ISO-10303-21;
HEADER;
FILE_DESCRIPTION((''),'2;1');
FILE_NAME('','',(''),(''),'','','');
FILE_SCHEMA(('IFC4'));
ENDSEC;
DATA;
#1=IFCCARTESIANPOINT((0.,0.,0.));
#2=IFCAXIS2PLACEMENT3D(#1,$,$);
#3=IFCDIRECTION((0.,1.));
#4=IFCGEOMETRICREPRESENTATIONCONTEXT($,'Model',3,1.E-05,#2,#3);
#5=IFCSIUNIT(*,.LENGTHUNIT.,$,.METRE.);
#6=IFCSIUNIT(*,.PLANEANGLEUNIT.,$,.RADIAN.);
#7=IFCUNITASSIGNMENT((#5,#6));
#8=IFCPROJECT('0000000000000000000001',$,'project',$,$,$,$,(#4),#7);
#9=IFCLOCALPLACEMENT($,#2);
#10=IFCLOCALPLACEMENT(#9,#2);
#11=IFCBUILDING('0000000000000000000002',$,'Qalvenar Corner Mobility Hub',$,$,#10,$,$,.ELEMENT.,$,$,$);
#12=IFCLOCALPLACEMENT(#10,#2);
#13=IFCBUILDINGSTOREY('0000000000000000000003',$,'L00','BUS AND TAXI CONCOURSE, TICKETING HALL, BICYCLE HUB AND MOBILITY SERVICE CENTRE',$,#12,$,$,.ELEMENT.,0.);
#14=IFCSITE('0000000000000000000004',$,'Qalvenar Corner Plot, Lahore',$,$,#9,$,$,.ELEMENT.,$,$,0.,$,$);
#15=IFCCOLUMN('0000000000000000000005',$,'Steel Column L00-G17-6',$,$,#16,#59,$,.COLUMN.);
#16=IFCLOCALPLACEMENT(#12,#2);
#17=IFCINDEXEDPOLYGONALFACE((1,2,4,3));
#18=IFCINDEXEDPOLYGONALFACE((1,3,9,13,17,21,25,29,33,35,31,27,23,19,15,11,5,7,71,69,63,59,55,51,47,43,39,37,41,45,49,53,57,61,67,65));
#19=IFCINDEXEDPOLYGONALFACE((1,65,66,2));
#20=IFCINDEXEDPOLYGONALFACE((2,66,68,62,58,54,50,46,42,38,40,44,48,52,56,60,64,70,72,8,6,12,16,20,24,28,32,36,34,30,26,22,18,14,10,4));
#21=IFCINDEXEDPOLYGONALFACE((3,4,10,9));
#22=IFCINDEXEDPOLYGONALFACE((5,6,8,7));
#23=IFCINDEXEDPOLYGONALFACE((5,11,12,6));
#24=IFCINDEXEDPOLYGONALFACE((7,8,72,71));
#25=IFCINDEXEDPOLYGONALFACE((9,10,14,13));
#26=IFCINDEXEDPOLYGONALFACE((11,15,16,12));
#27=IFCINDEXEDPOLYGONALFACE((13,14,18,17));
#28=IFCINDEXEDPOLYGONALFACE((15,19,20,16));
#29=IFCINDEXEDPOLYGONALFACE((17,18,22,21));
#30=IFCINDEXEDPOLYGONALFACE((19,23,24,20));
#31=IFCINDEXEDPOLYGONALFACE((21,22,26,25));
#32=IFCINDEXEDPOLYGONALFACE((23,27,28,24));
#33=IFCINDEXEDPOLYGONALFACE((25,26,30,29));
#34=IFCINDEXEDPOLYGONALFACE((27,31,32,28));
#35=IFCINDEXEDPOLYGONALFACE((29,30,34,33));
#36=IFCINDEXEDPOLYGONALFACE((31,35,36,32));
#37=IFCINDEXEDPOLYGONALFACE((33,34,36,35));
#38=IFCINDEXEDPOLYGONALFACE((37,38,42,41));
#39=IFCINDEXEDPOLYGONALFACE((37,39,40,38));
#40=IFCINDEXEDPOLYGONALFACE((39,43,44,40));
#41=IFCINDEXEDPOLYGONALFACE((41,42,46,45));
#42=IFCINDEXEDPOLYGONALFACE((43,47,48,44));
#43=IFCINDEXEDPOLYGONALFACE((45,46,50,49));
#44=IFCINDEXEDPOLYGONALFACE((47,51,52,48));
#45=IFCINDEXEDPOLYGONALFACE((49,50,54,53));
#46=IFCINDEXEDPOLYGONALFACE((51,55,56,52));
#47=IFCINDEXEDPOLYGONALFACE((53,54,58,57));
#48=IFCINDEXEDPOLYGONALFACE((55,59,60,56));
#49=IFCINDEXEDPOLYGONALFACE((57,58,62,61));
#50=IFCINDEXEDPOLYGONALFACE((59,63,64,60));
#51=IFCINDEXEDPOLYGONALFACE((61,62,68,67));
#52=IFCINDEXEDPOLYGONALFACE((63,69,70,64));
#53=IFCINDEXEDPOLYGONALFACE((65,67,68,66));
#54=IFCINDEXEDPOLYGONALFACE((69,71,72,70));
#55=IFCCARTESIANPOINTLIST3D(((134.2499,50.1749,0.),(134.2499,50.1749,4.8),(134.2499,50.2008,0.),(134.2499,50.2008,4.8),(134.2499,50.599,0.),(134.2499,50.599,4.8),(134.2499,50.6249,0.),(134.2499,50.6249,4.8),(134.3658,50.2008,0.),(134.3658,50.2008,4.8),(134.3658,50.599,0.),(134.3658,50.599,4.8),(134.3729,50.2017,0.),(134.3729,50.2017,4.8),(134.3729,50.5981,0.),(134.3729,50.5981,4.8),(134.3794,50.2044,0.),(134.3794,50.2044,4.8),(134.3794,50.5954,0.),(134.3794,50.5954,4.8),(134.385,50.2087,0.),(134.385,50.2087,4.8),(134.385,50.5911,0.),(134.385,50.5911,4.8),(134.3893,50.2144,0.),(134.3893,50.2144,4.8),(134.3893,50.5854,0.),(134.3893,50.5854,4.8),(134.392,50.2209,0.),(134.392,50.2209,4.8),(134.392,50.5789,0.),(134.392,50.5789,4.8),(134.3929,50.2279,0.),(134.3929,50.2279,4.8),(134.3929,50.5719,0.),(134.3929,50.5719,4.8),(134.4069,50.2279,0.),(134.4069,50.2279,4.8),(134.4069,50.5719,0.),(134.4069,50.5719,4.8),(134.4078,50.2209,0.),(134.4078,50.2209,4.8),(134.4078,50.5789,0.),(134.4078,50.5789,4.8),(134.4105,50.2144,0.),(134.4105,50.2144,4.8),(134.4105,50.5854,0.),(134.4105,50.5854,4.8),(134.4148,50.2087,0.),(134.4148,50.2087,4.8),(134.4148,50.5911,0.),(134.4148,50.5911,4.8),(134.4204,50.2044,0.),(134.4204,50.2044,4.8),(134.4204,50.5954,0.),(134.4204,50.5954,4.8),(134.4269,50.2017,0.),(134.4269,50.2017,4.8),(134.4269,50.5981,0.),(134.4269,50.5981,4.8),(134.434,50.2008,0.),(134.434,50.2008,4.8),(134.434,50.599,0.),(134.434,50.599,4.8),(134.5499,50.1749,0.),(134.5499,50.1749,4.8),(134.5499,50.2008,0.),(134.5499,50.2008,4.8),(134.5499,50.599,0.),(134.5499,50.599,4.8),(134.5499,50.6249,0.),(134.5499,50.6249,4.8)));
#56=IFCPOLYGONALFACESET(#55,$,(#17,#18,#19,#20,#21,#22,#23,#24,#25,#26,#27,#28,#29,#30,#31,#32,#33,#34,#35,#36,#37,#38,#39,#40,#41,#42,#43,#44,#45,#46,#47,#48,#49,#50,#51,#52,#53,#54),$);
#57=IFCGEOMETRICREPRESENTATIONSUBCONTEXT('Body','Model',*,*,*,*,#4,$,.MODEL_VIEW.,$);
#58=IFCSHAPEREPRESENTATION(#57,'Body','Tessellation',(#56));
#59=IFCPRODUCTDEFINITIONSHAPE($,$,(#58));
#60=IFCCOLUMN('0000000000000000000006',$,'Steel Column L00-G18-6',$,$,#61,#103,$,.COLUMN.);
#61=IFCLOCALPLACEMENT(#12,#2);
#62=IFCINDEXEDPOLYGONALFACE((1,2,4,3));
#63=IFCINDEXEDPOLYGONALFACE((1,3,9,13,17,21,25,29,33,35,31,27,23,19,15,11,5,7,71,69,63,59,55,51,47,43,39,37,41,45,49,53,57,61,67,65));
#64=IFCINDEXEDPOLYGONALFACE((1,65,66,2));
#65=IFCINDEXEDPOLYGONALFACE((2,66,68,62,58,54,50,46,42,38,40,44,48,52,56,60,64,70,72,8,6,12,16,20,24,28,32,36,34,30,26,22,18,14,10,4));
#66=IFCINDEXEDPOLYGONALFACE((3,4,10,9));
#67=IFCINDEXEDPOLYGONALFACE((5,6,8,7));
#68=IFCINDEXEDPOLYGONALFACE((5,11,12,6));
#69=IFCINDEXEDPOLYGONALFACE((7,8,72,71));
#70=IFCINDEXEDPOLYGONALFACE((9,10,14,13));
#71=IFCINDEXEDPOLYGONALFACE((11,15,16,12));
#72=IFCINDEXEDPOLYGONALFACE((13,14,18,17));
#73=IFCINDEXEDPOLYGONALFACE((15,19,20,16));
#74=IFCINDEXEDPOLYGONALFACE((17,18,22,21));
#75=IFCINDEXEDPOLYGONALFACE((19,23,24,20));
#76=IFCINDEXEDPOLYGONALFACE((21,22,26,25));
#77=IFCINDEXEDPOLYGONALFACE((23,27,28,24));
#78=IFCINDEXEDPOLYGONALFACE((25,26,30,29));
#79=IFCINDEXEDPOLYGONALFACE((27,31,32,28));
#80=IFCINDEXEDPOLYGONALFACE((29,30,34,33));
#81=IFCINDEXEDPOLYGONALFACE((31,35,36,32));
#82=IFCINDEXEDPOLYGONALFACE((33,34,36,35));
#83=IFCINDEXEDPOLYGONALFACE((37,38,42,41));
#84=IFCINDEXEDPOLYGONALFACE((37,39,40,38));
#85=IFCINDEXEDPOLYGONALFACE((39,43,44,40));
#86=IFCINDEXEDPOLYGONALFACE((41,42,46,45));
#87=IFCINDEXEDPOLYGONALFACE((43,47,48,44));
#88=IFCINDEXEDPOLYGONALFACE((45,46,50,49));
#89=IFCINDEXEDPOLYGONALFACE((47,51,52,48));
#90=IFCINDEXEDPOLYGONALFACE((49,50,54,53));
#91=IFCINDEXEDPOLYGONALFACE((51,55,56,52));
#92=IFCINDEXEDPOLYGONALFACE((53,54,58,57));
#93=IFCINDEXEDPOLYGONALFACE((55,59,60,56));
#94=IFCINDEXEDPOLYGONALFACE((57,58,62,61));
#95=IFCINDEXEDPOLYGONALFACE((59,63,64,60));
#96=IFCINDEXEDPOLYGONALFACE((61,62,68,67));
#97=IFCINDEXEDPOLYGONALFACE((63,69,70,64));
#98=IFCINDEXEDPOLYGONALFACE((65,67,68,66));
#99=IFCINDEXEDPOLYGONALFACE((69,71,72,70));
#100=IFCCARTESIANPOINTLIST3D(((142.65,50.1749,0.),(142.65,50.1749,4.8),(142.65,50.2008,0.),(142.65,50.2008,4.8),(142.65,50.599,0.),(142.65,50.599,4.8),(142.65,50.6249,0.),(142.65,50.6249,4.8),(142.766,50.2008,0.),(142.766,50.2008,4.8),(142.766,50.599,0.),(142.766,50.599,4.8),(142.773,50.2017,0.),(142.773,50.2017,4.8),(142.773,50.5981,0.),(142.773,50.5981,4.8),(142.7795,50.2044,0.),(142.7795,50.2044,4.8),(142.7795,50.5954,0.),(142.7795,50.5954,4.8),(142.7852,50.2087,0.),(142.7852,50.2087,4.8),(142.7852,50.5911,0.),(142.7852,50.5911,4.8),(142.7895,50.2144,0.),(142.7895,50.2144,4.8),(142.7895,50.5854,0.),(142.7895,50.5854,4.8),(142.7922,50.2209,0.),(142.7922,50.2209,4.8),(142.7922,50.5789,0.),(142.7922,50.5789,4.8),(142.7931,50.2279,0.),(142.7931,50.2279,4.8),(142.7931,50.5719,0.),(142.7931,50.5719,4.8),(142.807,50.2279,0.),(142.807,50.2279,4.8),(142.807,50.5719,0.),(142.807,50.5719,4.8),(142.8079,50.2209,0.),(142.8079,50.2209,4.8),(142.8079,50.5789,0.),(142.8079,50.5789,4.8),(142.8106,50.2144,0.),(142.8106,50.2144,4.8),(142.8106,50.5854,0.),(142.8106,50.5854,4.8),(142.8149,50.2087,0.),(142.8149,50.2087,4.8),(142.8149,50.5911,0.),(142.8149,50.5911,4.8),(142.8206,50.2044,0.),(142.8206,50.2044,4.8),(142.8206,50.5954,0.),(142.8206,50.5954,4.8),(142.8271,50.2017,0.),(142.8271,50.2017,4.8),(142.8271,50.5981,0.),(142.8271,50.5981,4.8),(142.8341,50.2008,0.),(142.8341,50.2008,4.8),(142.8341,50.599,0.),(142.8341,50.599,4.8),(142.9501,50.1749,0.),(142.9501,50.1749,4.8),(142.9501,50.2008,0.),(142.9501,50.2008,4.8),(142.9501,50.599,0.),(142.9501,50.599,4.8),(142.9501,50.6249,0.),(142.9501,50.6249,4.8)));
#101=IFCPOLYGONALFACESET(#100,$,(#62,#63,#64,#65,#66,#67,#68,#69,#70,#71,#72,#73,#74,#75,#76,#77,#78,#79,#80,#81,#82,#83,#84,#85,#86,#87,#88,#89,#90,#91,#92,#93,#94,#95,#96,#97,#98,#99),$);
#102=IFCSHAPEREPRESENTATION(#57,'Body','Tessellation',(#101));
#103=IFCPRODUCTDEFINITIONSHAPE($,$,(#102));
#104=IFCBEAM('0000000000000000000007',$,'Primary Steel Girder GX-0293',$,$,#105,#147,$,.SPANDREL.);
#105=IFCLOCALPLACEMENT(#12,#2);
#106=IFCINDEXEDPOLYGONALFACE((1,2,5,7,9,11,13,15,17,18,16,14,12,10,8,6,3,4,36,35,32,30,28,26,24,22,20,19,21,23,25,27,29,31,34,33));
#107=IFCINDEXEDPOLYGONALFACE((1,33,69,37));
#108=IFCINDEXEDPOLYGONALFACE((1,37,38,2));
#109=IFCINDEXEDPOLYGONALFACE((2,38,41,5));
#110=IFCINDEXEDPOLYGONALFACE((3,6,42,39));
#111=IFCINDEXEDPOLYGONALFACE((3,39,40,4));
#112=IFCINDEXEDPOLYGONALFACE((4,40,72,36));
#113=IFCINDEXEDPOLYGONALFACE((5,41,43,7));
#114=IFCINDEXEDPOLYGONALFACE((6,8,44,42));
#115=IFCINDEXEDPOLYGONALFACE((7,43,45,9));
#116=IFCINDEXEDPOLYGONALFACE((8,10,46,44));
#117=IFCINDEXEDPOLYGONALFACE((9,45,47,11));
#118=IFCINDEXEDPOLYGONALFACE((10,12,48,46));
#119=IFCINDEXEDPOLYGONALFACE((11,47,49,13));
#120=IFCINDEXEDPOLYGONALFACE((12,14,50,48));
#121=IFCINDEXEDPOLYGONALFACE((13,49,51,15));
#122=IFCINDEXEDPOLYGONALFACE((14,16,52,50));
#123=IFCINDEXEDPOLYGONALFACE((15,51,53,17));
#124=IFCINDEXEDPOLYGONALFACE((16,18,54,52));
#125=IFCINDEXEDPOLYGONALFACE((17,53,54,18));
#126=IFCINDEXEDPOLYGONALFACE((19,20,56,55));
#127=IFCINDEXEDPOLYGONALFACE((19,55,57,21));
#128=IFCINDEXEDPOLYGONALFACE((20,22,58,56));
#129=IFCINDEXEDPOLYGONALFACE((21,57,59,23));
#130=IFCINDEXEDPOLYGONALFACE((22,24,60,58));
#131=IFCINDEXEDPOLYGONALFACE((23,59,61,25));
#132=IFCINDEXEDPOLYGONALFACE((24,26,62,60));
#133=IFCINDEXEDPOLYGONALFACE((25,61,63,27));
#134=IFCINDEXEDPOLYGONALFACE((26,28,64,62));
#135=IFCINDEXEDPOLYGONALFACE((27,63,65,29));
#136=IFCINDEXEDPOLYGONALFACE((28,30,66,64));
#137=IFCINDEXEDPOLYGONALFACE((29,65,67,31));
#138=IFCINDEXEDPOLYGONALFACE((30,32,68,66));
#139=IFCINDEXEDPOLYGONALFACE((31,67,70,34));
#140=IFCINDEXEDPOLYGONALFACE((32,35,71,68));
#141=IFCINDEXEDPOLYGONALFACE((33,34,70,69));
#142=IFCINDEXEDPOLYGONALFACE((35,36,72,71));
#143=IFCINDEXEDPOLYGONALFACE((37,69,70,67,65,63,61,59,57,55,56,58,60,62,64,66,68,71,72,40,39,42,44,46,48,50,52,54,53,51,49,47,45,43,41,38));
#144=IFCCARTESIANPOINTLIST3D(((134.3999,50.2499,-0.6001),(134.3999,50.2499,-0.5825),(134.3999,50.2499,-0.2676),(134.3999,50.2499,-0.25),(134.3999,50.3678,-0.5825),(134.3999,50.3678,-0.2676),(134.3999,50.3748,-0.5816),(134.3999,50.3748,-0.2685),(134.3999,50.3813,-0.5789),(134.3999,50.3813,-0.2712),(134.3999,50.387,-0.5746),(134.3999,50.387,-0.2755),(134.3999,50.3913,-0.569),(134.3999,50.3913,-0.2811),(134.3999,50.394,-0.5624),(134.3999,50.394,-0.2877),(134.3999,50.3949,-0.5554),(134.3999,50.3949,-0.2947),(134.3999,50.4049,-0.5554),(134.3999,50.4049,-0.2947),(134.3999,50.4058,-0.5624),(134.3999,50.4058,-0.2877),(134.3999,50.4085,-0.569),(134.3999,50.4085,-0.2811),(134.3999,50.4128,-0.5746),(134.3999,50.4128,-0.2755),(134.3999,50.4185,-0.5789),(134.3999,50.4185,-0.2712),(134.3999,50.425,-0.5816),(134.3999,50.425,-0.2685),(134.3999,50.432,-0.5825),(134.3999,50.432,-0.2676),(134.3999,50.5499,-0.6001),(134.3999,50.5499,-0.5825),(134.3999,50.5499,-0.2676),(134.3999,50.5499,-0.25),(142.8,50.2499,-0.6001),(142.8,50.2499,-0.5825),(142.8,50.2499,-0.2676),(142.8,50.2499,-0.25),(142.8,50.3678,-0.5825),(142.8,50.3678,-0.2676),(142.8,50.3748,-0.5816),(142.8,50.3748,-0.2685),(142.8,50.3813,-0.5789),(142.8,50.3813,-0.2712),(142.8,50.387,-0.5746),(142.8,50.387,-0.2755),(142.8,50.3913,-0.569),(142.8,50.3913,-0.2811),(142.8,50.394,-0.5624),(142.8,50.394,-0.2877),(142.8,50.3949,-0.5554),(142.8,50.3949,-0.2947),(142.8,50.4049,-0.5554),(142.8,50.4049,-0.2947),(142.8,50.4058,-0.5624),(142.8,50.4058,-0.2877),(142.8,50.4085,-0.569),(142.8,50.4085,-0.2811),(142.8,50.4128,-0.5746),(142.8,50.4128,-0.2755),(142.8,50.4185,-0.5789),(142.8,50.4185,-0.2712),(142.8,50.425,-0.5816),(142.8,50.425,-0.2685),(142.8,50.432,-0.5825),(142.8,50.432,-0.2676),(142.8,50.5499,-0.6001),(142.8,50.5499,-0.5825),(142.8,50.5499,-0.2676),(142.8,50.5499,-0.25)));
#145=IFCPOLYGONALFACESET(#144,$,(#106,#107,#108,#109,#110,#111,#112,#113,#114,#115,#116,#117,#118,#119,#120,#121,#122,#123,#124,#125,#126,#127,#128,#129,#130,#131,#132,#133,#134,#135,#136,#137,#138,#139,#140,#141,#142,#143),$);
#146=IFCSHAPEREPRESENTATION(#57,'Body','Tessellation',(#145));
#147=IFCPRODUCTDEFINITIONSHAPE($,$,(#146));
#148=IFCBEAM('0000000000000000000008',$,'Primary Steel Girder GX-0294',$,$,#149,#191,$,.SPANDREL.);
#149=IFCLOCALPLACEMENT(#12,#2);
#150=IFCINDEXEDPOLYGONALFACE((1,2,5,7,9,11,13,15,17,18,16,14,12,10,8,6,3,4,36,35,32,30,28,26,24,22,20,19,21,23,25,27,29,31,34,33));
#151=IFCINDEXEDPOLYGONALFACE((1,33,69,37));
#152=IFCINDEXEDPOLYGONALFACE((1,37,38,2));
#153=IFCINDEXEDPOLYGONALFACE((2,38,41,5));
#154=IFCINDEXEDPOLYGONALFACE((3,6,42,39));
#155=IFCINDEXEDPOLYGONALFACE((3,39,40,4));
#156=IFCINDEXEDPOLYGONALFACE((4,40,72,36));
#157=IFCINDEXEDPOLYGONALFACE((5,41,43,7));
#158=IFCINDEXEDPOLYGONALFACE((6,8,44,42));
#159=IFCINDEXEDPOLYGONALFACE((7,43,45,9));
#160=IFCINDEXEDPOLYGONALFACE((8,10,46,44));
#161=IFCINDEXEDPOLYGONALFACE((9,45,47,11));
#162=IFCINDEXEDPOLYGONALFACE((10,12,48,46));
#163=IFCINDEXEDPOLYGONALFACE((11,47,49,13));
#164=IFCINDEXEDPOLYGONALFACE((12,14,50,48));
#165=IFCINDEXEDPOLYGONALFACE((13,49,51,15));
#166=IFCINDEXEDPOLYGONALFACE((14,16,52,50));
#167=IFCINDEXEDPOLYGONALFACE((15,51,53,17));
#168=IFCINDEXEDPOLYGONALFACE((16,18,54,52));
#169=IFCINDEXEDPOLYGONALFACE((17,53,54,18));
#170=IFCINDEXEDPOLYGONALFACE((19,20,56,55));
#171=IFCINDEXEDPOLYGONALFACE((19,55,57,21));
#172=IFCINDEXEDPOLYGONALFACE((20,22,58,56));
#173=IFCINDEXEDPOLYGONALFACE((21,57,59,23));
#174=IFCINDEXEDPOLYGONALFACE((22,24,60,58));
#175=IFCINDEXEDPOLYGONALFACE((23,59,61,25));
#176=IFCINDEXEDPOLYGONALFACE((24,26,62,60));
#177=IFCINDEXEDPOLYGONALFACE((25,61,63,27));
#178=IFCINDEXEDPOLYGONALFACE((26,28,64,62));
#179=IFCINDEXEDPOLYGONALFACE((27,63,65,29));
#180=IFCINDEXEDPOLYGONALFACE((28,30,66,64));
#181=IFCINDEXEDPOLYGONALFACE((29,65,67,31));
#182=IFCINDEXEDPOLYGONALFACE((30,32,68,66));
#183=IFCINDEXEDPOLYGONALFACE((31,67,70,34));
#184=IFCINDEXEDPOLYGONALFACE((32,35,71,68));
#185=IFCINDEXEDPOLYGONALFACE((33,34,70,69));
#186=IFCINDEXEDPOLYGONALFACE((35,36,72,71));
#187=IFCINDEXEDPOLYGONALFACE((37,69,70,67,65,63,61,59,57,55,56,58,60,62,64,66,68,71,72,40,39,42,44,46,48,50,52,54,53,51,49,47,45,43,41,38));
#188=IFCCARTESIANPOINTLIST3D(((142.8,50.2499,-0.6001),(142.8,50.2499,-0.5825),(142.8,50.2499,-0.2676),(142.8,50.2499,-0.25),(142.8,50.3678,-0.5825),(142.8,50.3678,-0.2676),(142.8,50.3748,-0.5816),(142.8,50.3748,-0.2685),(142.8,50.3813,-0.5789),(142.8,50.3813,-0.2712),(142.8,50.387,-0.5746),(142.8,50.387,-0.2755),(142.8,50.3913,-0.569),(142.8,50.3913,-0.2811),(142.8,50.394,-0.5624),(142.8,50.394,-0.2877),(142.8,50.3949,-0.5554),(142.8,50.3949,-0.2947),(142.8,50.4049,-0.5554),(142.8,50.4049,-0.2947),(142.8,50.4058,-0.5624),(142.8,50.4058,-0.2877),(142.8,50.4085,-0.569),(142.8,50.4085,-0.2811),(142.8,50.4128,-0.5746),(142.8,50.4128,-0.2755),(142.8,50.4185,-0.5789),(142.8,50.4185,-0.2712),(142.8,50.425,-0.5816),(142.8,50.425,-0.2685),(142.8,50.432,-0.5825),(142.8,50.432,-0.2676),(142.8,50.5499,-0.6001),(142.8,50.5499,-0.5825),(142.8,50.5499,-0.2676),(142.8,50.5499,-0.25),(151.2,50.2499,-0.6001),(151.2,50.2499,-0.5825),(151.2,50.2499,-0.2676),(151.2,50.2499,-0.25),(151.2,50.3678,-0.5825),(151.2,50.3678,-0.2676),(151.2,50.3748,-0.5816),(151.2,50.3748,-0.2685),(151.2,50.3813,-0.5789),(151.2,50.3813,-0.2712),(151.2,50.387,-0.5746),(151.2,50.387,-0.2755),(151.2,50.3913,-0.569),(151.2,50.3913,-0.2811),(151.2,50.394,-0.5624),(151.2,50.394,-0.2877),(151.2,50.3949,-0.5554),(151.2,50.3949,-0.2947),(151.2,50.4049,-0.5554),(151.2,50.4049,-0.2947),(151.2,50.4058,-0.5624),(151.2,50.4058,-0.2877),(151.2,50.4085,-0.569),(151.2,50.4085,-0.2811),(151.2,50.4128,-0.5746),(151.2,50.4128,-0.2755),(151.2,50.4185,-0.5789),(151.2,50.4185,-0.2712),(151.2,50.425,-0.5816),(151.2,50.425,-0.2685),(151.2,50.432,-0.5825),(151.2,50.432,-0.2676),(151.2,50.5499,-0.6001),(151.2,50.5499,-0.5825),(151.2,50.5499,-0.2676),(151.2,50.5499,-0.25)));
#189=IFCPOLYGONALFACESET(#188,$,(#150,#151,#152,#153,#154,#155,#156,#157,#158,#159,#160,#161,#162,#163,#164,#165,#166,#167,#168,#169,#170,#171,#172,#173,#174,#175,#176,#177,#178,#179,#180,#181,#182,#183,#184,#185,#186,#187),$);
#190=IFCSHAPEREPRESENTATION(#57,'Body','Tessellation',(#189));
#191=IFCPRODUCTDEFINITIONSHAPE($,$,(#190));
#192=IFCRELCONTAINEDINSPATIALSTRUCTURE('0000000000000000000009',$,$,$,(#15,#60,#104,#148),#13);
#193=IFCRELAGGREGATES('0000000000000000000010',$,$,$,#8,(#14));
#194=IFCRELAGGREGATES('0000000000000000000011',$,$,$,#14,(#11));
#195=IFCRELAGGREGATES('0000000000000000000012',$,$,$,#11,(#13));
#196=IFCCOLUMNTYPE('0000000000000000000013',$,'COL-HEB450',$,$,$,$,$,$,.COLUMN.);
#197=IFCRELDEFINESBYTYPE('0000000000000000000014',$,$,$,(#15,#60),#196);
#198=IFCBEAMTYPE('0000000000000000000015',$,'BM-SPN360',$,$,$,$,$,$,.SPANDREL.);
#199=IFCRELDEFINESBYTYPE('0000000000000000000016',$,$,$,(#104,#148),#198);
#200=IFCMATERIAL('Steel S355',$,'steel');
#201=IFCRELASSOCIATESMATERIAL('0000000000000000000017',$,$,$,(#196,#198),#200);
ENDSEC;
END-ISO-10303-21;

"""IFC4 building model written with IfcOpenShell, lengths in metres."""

from ifc_helpers import new_model, si_unit, direction, frame, origin, origin_2d, place, context, subcontext, project, spatial, i_section, extrude, material, material_profile, profile_set, type_object, element, save


model = new_model("IFC4")

# Units and contexts
model_context = context("Model", 3, precision=1e-05, world=origin(), true_north=direction((0.0, 1.0)))
body_context = subcontext(model_context, "Body", "Model", "MODEL_VIEW")
ifc_project = project(units=[si_unit("LENGTHUNIT", "METRE"), si_unit("PLANEANGLEUNIT", "RADIAN")], contexts=[model_context])

# Site, building, storey
site_placement = place(None, origin())
site = spatial("IfcSite", under=ifc_project, at=site_placement, Name="Qalvenar Corner Plot, Lahore", CompositionType="ELEMENT", RefElevation=0.0)
building_placement = place(site_placement, origin())
building = spatial("IfcBuilding", under=site, at=building_placement, Name="Qalvenar Corner Mobility Hub", CompositionType="ELEMENT")
storey_placement = place(building_placement, origin())
storey = spatial("IfcBuildingStorey", under=building, at=storey_placement, Name="L00", Description="BUS AND TAXI CONCOURSE, TICKETING HALL, BICYCLE HUB AND MOBILITY SERVICE CENTRE", CompositionType="ELEMENT", Elevation=0.0)

# Columns
ifc_material_1 = material(Name="Steel S355", Category="steel")
ifc_material_profile_1 = material_profile(ifc_material_1, i_section(OverallWidth=0.3, OverallDepth=0.45, WebThickness=0.0139, FlangeThickness=0.0259, FilletRadius=0.0271, at=origin_2d()), Name="HEB450")
ifc_profile_set_1 = profile_set([ifc_material_profile_1], Name="Steel S355")
column_type = type_object("IfcColumnType", Name="COL-HEB450", PredefinedType="COLUMN", material=ifc_profile_set_1)
for number, where, z_axis, x_axis, name in (
    (1, (134.3999, 50.3999, 0.0), (0.0, 0.0, 1.0), (1.0, 0.0, 0.0), "Steel Column L00-G17-6"),
    (2, (142.8, 50.3999, 0.0), (0.0, 0.0, 1.0), (1.0, 0.0, 0.0), "Steel Column L00-G18-6"),
):
    element("IfcColumn", number, at=place(storey_placement, frame(where, z_axis=z_axis, x_axis=x_axis)), inside=storey, type_object=column_type, Name=name, PredefinedType="COLUMN", context=body_context, shape_type="SweptSolid", body=[
        extrude(i_section(OverallWidth=0.3, OverallDepth=0.45, WebThickness=0.0139, FlangeThickness=0.0259, FilletRadius=0.0271, at=origin_2d()), origin(), (0.0, 0.0, 1.0), 4.8),
    ])

# Beams
ifc_material_profile_2 = material_profile(ifc_material_1, i_section(OverallWidth=0.3, OverallDepth=0.3501, WebThickness=0.01, FlangeThickness=0.0176, FilletRadius=0.0271, at=origin_2d()), Name="HEA360")
ifc_profile_set_2 = profile_set([ifc_material_profile_2], Name="Steel S355")
beam_type = type_object("IfcBeamType", Name="BM-SPN360", PredefinedType="SPANDREL", material=ifc_profile_set_2)
beam_1_placement = place(storey_placement, frame((134.3999, 50.3999, -0.425), z_axis=(1.0, 0.0, 0.0), x_axis=(0.0, 1.0, 0.0)))
element("IfcBeam", 3, at=beam_1_placement, inside=storey, type_object=beam_type, Name="Primary Steel Girder GX-0293", PredefinedType="SPANDREL", context=body_context, shape_type="SweptSolid", body=[
    extrude(i_section(OverallWidth=0.3, OverallDepth=0.3501, WebThickness=0.01, FlangeThickness=0.0176, FilletRadius=0.0271, at=origin_2d()), origin(), (0.0, 0.0, 1.0), 8.4001),
])
beam_2_placement = place(storey_placement, frame((142.8, 50.3999, -0.425), z_axis=(1.0, 0.0, 0.0), x_axis=(0.0, 1.0, 0.0)))
element("IfcBeam", 4, at=beam_2_placement, inside=storey, type_object=beam_type, Name="Primary Steel Girder GX-0294", PredefinedType="SPANDREL", context=body_context, shape_type="SweptSolid", body=[
    extrude(i_section(OverallWidth=0.3, OverallDepth=0.3501, WebThickness=0.01, FlangeThickness=0.0176, FilletRadius=0.0271, at=origin_2d()), origin(), (0.0, 0.0, 1.0), 8.3999),
])

save(model, "model.ifc")
